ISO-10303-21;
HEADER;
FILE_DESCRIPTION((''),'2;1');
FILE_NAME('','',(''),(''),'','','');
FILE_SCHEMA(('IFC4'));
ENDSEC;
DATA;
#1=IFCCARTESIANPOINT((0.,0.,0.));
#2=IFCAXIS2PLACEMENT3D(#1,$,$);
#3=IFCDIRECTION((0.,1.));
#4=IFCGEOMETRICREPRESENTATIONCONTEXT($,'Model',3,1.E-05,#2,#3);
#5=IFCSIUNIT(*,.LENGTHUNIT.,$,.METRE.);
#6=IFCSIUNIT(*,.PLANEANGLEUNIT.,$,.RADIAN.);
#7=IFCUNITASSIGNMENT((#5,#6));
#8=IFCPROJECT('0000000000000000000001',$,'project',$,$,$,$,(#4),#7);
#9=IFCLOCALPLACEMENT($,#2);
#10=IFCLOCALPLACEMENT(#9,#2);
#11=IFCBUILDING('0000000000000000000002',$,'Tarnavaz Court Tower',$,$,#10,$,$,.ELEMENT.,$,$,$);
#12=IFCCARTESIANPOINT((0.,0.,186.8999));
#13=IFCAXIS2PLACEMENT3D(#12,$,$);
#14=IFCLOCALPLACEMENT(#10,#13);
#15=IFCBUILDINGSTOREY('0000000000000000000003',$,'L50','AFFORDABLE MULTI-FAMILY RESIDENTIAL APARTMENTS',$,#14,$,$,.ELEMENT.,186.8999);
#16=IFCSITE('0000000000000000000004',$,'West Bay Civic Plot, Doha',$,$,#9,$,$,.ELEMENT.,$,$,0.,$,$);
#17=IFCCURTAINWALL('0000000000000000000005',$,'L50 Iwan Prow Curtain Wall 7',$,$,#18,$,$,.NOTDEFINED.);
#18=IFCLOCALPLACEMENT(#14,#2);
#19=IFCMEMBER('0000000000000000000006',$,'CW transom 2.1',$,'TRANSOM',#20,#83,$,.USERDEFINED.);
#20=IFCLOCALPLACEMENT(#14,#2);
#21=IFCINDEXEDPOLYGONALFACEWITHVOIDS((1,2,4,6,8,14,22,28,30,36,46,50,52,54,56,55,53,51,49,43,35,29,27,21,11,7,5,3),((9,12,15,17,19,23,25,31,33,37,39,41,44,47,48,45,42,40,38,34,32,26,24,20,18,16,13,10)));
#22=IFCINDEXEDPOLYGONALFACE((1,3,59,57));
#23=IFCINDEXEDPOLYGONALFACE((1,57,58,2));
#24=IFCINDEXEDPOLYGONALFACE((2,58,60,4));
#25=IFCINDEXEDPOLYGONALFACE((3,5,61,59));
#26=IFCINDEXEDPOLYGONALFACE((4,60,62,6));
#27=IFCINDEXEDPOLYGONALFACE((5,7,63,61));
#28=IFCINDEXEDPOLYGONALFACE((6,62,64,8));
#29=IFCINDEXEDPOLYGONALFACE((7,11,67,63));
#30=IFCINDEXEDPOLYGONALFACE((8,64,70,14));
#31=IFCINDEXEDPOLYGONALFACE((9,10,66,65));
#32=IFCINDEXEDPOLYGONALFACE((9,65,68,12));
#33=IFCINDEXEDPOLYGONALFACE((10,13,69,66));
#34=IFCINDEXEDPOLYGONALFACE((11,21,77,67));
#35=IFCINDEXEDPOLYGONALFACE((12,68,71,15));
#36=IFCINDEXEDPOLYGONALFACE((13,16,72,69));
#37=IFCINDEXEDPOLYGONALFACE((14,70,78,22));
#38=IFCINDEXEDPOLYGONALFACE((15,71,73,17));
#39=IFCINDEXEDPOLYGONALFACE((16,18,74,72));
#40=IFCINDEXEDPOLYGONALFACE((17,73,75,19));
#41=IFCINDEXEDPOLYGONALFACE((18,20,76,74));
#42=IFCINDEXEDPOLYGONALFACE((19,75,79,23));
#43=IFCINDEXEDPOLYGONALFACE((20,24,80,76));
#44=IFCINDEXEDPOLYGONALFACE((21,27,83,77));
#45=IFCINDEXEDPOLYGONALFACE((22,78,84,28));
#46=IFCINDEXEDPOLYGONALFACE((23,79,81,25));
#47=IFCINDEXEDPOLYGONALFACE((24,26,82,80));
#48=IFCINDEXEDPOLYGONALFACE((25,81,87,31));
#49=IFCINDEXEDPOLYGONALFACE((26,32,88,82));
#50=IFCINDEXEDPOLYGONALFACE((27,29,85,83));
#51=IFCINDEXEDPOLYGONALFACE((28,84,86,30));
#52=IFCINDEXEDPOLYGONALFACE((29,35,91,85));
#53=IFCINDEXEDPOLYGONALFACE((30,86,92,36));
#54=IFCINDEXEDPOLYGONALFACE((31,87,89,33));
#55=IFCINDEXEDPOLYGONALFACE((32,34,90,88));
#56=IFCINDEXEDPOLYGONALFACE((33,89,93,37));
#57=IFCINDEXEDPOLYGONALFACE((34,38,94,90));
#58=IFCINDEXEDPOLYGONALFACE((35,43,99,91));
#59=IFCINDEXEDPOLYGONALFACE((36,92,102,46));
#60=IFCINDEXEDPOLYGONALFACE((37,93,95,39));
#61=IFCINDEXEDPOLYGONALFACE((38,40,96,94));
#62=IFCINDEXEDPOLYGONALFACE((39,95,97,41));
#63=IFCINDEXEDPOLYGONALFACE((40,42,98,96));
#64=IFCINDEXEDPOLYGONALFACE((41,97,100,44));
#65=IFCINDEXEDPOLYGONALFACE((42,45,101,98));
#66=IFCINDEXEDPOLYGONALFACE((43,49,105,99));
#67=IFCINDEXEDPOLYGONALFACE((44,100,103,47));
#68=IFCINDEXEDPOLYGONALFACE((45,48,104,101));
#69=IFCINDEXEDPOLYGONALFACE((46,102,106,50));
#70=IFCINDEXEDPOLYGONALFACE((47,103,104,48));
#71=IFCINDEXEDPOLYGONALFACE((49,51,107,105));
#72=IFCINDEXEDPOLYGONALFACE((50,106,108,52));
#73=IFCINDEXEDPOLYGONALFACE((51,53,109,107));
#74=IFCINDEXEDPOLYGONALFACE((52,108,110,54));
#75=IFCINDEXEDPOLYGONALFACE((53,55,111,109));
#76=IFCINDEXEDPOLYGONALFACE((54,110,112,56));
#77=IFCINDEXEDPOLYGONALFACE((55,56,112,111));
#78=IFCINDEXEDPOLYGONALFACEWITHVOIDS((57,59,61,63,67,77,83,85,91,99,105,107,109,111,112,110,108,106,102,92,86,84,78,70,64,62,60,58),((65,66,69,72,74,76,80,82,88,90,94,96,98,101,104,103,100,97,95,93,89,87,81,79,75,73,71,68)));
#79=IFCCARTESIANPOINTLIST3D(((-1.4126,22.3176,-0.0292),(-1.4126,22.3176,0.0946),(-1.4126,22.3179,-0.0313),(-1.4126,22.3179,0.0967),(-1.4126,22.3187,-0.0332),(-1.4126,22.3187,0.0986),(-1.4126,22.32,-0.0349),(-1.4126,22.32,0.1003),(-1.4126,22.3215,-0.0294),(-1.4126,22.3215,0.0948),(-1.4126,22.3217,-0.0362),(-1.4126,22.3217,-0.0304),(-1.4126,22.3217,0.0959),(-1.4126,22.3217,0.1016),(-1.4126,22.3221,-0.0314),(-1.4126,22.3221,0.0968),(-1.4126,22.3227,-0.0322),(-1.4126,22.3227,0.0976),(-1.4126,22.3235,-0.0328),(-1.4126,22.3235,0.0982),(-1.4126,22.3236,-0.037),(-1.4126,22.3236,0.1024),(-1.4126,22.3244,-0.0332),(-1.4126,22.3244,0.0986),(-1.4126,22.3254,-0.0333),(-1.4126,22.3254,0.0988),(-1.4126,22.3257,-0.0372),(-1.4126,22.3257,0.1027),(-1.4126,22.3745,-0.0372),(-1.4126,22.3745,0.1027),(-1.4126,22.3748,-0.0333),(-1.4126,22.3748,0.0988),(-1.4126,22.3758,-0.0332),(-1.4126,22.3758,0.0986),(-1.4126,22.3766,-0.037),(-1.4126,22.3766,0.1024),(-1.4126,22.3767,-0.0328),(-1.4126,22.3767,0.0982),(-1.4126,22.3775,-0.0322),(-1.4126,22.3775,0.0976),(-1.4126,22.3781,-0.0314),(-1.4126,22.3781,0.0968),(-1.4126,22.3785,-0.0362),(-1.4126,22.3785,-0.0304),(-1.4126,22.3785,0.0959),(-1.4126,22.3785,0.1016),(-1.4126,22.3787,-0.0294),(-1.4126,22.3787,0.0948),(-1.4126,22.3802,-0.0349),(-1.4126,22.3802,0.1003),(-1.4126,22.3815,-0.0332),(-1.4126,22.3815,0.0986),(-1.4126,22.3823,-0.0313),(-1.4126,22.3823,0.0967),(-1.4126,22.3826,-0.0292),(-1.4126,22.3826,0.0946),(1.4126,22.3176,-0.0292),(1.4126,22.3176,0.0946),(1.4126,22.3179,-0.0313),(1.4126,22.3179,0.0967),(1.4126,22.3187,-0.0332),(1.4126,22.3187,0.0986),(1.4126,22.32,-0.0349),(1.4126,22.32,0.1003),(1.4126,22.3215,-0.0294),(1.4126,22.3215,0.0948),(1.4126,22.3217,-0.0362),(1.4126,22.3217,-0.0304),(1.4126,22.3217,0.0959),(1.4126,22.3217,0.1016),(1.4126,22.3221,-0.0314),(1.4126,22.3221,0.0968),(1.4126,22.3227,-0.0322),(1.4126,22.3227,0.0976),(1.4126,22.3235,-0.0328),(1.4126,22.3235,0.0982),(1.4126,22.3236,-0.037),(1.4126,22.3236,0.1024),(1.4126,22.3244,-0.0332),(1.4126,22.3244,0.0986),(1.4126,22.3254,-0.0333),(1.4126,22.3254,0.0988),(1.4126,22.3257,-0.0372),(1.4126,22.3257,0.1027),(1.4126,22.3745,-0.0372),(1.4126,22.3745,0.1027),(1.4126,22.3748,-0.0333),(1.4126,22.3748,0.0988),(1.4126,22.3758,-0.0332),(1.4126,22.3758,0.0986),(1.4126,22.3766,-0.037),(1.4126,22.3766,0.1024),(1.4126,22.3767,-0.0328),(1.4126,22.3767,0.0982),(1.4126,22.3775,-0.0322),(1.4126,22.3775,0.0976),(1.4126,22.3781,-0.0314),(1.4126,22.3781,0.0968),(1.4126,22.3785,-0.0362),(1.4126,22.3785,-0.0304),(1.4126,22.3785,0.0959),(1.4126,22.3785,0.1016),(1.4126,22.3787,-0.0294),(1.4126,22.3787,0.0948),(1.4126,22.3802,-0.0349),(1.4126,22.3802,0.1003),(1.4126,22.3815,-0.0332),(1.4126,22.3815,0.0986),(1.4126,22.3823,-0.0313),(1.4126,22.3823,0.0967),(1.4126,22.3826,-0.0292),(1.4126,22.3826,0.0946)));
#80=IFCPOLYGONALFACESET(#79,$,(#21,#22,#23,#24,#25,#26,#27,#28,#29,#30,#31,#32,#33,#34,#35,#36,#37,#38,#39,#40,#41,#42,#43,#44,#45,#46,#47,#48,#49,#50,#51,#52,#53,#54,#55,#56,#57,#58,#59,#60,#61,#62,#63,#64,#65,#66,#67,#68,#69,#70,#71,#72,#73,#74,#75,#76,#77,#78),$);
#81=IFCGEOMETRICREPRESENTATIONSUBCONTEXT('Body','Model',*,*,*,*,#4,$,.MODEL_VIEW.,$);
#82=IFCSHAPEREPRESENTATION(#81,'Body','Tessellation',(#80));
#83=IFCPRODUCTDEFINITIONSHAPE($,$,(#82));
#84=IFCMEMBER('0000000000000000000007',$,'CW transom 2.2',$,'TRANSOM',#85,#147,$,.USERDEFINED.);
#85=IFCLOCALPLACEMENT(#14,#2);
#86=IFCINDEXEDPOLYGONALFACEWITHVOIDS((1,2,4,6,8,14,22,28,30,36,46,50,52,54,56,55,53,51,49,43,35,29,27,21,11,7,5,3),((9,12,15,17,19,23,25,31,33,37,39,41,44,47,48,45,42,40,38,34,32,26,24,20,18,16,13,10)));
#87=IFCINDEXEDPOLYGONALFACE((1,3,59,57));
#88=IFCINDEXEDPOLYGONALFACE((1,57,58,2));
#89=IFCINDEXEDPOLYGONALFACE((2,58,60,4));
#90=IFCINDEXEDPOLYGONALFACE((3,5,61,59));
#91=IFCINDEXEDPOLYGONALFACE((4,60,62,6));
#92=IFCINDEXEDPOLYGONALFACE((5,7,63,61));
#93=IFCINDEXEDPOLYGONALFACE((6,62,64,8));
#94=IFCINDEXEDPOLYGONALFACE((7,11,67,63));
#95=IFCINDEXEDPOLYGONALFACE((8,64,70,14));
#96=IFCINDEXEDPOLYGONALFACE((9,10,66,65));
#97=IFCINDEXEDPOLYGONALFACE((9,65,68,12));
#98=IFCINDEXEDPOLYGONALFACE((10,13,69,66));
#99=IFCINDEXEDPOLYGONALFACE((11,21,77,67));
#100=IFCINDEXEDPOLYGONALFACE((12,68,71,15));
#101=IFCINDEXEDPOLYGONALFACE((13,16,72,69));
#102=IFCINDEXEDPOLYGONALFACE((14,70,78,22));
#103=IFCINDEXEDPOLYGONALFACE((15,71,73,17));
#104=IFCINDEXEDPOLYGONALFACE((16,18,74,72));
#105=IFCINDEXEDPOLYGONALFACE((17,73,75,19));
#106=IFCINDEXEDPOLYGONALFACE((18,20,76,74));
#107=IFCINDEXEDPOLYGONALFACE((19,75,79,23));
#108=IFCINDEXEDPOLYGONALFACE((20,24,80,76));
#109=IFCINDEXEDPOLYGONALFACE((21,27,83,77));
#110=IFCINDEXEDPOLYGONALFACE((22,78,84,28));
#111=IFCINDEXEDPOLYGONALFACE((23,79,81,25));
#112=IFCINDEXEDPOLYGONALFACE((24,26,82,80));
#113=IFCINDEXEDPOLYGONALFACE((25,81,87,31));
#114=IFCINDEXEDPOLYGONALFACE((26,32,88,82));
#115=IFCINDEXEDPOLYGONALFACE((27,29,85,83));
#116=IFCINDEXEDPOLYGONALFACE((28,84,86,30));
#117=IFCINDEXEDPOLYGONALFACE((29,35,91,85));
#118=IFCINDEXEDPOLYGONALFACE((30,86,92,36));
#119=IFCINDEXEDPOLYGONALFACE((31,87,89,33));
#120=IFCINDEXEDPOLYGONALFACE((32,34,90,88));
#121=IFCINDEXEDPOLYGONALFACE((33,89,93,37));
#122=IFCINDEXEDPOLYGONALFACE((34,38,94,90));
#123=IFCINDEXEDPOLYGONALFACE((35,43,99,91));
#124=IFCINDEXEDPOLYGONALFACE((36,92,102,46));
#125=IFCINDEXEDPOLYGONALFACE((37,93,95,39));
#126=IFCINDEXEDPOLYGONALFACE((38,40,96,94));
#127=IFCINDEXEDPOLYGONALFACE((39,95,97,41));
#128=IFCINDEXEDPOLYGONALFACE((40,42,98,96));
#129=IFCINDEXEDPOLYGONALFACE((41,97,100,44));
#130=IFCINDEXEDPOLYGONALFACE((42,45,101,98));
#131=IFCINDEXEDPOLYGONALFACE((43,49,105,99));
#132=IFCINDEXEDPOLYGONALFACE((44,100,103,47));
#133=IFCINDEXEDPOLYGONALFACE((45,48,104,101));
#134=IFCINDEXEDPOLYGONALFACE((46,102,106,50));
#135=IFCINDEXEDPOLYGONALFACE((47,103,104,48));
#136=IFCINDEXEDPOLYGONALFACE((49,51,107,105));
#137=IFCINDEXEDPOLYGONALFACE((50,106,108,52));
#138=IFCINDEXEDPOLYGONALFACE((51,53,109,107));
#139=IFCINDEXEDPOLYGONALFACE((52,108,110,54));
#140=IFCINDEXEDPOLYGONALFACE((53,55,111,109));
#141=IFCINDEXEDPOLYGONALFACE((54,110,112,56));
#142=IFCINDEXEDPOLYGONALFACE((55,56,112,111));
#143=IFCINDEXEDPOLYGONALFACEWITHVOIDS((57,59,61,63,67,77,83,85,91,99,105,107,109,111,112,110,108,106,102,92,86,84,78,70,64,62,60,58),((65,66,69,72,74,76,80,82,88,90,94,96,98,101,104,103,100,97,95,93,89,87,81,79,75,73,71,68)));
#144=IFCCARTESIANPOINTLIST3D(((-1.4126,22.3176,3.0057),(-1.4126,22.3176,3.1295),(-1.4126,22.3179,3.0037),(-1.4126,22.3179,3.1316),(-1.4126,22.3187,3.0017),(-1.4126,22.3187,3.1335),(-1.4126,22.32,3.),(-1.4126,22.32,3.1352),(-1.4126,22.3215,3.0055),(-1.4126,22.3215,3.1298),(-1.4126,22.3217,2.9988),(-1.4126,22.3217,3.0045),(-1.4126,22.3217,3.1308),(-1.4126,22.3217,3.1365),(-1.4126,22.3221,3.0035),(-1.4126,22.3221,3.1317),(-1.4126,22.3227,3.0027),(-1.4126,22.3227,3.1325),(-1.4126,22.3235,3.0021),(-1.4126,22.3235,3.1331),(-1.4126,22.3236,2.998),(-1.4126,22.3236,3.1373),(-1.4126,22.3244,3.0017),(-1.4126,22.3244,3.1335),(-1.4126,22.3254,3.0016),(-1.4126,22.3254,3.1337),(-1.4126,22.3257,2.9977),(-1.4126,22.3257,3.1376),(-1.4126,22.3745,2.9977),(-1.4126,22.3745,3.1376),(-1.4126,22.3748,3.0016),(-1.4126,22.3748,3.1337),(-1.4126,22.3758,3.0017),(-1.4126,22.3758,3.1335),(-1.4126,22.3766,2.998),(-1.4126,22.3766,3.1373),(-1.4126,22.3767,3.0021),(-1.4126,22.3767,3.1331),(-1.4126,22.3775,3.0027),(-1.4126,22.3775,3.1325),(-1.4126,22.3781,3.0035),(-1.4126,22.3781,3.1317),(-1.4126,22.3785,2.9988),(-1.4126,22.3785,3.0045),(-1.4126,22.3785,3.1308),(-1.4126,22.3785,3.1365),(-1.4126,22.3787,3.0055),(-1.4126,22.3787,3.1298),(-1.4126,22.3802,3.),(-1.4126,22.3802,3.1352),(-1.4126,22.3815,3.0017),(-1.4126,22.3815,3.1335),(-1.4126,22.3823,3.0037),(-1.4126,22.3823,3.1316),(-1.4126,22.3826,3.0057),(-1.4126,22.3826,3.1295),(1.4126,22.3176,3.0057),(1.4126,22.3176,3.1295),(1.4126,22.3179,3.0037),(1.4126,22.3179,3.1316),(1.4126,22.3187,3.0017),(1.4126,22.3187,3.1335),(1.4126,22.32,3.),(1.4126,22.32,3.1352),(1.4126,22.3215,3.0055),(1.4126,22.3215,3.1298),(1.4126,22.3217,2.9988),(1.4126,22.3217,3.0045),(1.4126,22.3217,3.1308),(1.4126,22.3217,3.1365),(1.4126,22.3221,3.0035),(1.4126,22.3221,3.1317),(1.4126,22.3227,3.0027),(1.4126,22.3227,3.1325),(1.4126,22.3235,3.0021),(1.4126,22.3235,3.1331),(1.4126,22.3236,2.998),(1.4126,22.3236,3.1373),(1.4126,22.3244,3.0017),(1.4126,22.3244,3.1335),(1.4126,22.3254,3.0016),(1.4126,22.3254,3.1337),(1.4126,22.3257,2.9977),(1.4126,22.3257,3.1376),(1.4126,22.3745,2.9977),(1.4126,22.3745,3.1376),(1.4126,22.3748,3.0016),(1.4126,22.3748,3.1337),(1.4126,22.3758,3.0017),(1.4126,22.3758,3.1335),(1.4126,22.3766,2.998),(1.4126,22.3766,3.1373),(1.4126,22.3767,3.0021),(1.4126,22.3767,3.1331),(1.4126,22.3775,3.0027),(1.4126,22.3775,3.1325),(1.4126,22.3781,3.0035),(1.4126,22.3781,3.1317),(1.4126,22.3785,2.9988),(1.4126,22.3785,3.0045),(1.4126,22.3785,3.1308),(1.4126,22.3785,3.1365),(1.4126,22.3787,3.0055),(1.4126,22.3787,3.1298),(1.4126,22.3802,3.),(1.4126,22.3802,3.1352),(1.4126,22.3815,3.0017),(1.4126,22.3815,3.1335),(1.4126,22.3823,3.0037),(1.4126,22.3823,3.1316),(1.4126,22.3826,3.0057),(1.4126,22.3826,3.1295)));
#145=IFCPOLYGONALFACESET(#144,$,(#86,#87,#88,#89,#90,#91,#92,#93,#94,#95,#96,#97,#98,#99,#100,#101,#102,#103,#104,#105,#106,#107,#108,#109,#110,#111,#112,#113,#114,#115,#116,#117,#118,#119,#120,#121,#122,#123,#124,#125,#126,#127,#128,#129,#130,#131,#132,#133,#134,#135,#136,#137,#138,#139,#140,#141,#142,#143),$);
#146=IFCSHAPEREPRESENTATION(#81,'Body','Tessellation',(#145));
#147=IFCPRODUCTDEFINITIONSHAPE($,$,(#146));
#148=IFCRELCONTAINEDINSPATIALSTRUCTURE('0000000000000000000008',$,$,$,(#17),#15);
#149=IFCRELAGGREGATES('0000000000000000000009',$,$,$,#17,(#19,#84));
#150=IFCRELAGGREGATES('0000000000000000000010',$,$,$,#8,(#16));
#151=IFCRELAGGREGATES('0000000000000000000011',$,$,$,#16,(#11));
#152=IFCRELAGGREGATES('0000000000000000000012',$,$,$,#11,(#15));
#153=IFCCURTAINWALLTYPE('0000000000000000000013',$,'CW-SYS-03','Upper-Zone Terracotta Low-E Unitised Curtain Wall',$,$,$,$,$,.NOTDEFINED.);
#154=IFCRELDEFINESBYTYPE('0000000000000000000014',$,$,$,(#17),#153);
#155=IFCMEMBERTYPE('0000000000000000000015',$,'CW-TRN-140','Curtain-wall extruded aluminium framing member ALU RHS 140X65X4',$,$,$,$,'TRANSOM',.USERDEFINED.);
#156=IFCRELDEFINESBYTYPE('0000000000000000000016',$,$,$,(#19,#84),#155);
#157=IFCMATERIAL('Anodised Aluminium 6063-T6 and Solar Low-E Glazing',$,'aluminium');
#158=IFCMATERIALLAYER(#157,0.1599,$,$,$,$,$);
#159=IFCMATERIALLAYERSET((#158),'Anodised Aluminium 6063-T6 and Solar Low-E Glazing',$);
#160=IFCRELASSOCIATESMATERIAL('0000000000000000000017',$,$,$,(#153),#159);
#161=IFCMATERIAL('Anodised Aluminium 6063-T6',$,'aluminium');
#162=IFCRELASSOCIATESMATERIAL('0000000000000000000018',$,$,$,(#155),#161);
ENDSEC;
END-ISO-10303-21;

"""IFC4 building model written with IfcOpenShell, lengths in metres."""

from ifc_helpers import new_model, si_unit, direction, frame, origin, origin_2d, place, context, subcontext, project, spatial, hollow_rectangle, extrude, material, layer, layer_set, material_profile, profile_set, type_object, element, aggregate, save


model = new_model("IFC4")

# Units and contexts
model_context = context("Model", 3, precision=1e-05, world=origin(), true_north=direction((0.0, 1.0)))
body_context = subcontext(model_context, "Body", "Model", "MODEL_VIEW")
ifc_project = project(units=[si_unit("LENGTHUNIT", "METRE"), si_unit("PLANEANGLEUNIT", "RADIAN")], contexts=[model_context])

# Site, building, storey
site_placement = place(None, origin())
site = spatial("IfcSite", under=ifc_project, at=site_placement, Name="West Bay Civic Plot, Doha", CompositionType="ELEMENT", RefElevation=0.0)
building_placement = place(site_placement, origin())
building = spatial("IfcBuilding", under=site, at=building_placement, Name="Tarnavaz Court Tower", CompositionType="ELEMENT")
storey_placement = place(building_placement, frame((0.0, 0.0, 186.8999)))
storey = spatial("IfcBuildingStorey", under=building, at=storey_placement, Name="L50", Description="AFFORDABLE MULTI-FAMILY RESIDENTIAL APARTMENTS", CompositionType="ELEMENT", Elevation=186.8999)

# Curtain wall, members
ifc_material_1 = material(Name="Anodised Aluminium 6063-T6 and Solar Low-E Glazing", Category="aluminium")
ifc_layer_1 = layer(ifc_material_1, 0.1599)
ifc_layer_set_1 = layer_set([ifc_layer_1], Name="Anodised Aluminium 6063-T6 and Solar Low-E Glazing")
curtain_wall_type = type_object("IfcCurtainWallType", Name="CW-SYS-03", Description="Upper-Zone Terracotta Low-E Unitised Curtain Wall", PredefinedType="NOTDEFINED", material=ifc_layer_set_1)
curtain_wall_placement = place(storey_placement, origin())
curtain_wall = element("IfcCurtainWall", 1, at=curtain_wall_placement, inside=storey, type_object=curtain_wall_type, Name="L50 Iwan Prow Curtain Wall 7", PredefinedType="NOTDEFINED")
ifc_material_2 = material(Name="Anodised Aluminium 6063-T6", Category="aluminium")
ifc_material_profile_1 = material_profile(ifc_material_2, hollow_rectangle(XDim=0.0649, YDim=0.1399, WallThickness=0.0039, InnerFilletRadius=0.0039, OuterFilletRadius=0.0081, at=origin_2d()), Name="ALU RHS 140X65X4")
ifc_profile_set_1 = profile_set([ifc_material_profile_1], Name="Anodised Aluminium 6063-T6")
member_type_1 = type_object("IfcMemberType", Name="CW-TRN-140", Description="Curtain-wall extruded aluminium framing member ALU RHS 140X65X4", ElementType="TRANSOM", PredefinedType="USERDEFINED", material=ifc_profile_set_1)
member_1_placement = place(storey_placement, frame((-1.4126, 22.3501, 0.0327), z_axis=(1.0, 0.0, 0.0), x_axis=(0.0, 1.0, 0.0)))
member_1 = element("IfcMember", 2, at=member_1_placement, type_object=member_type_1, Name="CW transom 2.1", ObjectType="TRANSOM", PredefinedType="USERDEFINED", context=body_context, shape_type="SweptSolid", body=[
    extrude(hollow_rectangle(XDim=0.0649, YDim=0.1399, WallThickness=0.0039, InnerFilletRadius=0.0039, OuterFilletRadius=0.0081, at=origin_2d()), origin(), (0.0, 0.0, 1.0), 2.8252),
])
member_2_placement = place(storey_placement, frame((-1.4126, 22.3501, 3.0676), z_axis=(1.0, 0.0, 0.0), x_axis=(0.0, 1.0, 0.0)))
member_2 = element("IfcMember", 3, at=member_2_placement, type_object=member_type_1, Name="CW transom 2.2", ObjectType="TRANSOM", PredefinedType="USERDEFINED", context=body_context, shape_type="SweptSolid", body=[
    extrude(hollow_rectangle(XDim=0.0649, YDim=0.1399, WallThickness=0.0039, InnerFilletRadius=0.0039, OuterFilletRadius=0.0081, at=origin_2d()), origin(), (0.0, 0.0, 1.0), 2.8252),
])
aggregate(curtain_wall, [member_1, member_2])

save(model, "model.ifc")
